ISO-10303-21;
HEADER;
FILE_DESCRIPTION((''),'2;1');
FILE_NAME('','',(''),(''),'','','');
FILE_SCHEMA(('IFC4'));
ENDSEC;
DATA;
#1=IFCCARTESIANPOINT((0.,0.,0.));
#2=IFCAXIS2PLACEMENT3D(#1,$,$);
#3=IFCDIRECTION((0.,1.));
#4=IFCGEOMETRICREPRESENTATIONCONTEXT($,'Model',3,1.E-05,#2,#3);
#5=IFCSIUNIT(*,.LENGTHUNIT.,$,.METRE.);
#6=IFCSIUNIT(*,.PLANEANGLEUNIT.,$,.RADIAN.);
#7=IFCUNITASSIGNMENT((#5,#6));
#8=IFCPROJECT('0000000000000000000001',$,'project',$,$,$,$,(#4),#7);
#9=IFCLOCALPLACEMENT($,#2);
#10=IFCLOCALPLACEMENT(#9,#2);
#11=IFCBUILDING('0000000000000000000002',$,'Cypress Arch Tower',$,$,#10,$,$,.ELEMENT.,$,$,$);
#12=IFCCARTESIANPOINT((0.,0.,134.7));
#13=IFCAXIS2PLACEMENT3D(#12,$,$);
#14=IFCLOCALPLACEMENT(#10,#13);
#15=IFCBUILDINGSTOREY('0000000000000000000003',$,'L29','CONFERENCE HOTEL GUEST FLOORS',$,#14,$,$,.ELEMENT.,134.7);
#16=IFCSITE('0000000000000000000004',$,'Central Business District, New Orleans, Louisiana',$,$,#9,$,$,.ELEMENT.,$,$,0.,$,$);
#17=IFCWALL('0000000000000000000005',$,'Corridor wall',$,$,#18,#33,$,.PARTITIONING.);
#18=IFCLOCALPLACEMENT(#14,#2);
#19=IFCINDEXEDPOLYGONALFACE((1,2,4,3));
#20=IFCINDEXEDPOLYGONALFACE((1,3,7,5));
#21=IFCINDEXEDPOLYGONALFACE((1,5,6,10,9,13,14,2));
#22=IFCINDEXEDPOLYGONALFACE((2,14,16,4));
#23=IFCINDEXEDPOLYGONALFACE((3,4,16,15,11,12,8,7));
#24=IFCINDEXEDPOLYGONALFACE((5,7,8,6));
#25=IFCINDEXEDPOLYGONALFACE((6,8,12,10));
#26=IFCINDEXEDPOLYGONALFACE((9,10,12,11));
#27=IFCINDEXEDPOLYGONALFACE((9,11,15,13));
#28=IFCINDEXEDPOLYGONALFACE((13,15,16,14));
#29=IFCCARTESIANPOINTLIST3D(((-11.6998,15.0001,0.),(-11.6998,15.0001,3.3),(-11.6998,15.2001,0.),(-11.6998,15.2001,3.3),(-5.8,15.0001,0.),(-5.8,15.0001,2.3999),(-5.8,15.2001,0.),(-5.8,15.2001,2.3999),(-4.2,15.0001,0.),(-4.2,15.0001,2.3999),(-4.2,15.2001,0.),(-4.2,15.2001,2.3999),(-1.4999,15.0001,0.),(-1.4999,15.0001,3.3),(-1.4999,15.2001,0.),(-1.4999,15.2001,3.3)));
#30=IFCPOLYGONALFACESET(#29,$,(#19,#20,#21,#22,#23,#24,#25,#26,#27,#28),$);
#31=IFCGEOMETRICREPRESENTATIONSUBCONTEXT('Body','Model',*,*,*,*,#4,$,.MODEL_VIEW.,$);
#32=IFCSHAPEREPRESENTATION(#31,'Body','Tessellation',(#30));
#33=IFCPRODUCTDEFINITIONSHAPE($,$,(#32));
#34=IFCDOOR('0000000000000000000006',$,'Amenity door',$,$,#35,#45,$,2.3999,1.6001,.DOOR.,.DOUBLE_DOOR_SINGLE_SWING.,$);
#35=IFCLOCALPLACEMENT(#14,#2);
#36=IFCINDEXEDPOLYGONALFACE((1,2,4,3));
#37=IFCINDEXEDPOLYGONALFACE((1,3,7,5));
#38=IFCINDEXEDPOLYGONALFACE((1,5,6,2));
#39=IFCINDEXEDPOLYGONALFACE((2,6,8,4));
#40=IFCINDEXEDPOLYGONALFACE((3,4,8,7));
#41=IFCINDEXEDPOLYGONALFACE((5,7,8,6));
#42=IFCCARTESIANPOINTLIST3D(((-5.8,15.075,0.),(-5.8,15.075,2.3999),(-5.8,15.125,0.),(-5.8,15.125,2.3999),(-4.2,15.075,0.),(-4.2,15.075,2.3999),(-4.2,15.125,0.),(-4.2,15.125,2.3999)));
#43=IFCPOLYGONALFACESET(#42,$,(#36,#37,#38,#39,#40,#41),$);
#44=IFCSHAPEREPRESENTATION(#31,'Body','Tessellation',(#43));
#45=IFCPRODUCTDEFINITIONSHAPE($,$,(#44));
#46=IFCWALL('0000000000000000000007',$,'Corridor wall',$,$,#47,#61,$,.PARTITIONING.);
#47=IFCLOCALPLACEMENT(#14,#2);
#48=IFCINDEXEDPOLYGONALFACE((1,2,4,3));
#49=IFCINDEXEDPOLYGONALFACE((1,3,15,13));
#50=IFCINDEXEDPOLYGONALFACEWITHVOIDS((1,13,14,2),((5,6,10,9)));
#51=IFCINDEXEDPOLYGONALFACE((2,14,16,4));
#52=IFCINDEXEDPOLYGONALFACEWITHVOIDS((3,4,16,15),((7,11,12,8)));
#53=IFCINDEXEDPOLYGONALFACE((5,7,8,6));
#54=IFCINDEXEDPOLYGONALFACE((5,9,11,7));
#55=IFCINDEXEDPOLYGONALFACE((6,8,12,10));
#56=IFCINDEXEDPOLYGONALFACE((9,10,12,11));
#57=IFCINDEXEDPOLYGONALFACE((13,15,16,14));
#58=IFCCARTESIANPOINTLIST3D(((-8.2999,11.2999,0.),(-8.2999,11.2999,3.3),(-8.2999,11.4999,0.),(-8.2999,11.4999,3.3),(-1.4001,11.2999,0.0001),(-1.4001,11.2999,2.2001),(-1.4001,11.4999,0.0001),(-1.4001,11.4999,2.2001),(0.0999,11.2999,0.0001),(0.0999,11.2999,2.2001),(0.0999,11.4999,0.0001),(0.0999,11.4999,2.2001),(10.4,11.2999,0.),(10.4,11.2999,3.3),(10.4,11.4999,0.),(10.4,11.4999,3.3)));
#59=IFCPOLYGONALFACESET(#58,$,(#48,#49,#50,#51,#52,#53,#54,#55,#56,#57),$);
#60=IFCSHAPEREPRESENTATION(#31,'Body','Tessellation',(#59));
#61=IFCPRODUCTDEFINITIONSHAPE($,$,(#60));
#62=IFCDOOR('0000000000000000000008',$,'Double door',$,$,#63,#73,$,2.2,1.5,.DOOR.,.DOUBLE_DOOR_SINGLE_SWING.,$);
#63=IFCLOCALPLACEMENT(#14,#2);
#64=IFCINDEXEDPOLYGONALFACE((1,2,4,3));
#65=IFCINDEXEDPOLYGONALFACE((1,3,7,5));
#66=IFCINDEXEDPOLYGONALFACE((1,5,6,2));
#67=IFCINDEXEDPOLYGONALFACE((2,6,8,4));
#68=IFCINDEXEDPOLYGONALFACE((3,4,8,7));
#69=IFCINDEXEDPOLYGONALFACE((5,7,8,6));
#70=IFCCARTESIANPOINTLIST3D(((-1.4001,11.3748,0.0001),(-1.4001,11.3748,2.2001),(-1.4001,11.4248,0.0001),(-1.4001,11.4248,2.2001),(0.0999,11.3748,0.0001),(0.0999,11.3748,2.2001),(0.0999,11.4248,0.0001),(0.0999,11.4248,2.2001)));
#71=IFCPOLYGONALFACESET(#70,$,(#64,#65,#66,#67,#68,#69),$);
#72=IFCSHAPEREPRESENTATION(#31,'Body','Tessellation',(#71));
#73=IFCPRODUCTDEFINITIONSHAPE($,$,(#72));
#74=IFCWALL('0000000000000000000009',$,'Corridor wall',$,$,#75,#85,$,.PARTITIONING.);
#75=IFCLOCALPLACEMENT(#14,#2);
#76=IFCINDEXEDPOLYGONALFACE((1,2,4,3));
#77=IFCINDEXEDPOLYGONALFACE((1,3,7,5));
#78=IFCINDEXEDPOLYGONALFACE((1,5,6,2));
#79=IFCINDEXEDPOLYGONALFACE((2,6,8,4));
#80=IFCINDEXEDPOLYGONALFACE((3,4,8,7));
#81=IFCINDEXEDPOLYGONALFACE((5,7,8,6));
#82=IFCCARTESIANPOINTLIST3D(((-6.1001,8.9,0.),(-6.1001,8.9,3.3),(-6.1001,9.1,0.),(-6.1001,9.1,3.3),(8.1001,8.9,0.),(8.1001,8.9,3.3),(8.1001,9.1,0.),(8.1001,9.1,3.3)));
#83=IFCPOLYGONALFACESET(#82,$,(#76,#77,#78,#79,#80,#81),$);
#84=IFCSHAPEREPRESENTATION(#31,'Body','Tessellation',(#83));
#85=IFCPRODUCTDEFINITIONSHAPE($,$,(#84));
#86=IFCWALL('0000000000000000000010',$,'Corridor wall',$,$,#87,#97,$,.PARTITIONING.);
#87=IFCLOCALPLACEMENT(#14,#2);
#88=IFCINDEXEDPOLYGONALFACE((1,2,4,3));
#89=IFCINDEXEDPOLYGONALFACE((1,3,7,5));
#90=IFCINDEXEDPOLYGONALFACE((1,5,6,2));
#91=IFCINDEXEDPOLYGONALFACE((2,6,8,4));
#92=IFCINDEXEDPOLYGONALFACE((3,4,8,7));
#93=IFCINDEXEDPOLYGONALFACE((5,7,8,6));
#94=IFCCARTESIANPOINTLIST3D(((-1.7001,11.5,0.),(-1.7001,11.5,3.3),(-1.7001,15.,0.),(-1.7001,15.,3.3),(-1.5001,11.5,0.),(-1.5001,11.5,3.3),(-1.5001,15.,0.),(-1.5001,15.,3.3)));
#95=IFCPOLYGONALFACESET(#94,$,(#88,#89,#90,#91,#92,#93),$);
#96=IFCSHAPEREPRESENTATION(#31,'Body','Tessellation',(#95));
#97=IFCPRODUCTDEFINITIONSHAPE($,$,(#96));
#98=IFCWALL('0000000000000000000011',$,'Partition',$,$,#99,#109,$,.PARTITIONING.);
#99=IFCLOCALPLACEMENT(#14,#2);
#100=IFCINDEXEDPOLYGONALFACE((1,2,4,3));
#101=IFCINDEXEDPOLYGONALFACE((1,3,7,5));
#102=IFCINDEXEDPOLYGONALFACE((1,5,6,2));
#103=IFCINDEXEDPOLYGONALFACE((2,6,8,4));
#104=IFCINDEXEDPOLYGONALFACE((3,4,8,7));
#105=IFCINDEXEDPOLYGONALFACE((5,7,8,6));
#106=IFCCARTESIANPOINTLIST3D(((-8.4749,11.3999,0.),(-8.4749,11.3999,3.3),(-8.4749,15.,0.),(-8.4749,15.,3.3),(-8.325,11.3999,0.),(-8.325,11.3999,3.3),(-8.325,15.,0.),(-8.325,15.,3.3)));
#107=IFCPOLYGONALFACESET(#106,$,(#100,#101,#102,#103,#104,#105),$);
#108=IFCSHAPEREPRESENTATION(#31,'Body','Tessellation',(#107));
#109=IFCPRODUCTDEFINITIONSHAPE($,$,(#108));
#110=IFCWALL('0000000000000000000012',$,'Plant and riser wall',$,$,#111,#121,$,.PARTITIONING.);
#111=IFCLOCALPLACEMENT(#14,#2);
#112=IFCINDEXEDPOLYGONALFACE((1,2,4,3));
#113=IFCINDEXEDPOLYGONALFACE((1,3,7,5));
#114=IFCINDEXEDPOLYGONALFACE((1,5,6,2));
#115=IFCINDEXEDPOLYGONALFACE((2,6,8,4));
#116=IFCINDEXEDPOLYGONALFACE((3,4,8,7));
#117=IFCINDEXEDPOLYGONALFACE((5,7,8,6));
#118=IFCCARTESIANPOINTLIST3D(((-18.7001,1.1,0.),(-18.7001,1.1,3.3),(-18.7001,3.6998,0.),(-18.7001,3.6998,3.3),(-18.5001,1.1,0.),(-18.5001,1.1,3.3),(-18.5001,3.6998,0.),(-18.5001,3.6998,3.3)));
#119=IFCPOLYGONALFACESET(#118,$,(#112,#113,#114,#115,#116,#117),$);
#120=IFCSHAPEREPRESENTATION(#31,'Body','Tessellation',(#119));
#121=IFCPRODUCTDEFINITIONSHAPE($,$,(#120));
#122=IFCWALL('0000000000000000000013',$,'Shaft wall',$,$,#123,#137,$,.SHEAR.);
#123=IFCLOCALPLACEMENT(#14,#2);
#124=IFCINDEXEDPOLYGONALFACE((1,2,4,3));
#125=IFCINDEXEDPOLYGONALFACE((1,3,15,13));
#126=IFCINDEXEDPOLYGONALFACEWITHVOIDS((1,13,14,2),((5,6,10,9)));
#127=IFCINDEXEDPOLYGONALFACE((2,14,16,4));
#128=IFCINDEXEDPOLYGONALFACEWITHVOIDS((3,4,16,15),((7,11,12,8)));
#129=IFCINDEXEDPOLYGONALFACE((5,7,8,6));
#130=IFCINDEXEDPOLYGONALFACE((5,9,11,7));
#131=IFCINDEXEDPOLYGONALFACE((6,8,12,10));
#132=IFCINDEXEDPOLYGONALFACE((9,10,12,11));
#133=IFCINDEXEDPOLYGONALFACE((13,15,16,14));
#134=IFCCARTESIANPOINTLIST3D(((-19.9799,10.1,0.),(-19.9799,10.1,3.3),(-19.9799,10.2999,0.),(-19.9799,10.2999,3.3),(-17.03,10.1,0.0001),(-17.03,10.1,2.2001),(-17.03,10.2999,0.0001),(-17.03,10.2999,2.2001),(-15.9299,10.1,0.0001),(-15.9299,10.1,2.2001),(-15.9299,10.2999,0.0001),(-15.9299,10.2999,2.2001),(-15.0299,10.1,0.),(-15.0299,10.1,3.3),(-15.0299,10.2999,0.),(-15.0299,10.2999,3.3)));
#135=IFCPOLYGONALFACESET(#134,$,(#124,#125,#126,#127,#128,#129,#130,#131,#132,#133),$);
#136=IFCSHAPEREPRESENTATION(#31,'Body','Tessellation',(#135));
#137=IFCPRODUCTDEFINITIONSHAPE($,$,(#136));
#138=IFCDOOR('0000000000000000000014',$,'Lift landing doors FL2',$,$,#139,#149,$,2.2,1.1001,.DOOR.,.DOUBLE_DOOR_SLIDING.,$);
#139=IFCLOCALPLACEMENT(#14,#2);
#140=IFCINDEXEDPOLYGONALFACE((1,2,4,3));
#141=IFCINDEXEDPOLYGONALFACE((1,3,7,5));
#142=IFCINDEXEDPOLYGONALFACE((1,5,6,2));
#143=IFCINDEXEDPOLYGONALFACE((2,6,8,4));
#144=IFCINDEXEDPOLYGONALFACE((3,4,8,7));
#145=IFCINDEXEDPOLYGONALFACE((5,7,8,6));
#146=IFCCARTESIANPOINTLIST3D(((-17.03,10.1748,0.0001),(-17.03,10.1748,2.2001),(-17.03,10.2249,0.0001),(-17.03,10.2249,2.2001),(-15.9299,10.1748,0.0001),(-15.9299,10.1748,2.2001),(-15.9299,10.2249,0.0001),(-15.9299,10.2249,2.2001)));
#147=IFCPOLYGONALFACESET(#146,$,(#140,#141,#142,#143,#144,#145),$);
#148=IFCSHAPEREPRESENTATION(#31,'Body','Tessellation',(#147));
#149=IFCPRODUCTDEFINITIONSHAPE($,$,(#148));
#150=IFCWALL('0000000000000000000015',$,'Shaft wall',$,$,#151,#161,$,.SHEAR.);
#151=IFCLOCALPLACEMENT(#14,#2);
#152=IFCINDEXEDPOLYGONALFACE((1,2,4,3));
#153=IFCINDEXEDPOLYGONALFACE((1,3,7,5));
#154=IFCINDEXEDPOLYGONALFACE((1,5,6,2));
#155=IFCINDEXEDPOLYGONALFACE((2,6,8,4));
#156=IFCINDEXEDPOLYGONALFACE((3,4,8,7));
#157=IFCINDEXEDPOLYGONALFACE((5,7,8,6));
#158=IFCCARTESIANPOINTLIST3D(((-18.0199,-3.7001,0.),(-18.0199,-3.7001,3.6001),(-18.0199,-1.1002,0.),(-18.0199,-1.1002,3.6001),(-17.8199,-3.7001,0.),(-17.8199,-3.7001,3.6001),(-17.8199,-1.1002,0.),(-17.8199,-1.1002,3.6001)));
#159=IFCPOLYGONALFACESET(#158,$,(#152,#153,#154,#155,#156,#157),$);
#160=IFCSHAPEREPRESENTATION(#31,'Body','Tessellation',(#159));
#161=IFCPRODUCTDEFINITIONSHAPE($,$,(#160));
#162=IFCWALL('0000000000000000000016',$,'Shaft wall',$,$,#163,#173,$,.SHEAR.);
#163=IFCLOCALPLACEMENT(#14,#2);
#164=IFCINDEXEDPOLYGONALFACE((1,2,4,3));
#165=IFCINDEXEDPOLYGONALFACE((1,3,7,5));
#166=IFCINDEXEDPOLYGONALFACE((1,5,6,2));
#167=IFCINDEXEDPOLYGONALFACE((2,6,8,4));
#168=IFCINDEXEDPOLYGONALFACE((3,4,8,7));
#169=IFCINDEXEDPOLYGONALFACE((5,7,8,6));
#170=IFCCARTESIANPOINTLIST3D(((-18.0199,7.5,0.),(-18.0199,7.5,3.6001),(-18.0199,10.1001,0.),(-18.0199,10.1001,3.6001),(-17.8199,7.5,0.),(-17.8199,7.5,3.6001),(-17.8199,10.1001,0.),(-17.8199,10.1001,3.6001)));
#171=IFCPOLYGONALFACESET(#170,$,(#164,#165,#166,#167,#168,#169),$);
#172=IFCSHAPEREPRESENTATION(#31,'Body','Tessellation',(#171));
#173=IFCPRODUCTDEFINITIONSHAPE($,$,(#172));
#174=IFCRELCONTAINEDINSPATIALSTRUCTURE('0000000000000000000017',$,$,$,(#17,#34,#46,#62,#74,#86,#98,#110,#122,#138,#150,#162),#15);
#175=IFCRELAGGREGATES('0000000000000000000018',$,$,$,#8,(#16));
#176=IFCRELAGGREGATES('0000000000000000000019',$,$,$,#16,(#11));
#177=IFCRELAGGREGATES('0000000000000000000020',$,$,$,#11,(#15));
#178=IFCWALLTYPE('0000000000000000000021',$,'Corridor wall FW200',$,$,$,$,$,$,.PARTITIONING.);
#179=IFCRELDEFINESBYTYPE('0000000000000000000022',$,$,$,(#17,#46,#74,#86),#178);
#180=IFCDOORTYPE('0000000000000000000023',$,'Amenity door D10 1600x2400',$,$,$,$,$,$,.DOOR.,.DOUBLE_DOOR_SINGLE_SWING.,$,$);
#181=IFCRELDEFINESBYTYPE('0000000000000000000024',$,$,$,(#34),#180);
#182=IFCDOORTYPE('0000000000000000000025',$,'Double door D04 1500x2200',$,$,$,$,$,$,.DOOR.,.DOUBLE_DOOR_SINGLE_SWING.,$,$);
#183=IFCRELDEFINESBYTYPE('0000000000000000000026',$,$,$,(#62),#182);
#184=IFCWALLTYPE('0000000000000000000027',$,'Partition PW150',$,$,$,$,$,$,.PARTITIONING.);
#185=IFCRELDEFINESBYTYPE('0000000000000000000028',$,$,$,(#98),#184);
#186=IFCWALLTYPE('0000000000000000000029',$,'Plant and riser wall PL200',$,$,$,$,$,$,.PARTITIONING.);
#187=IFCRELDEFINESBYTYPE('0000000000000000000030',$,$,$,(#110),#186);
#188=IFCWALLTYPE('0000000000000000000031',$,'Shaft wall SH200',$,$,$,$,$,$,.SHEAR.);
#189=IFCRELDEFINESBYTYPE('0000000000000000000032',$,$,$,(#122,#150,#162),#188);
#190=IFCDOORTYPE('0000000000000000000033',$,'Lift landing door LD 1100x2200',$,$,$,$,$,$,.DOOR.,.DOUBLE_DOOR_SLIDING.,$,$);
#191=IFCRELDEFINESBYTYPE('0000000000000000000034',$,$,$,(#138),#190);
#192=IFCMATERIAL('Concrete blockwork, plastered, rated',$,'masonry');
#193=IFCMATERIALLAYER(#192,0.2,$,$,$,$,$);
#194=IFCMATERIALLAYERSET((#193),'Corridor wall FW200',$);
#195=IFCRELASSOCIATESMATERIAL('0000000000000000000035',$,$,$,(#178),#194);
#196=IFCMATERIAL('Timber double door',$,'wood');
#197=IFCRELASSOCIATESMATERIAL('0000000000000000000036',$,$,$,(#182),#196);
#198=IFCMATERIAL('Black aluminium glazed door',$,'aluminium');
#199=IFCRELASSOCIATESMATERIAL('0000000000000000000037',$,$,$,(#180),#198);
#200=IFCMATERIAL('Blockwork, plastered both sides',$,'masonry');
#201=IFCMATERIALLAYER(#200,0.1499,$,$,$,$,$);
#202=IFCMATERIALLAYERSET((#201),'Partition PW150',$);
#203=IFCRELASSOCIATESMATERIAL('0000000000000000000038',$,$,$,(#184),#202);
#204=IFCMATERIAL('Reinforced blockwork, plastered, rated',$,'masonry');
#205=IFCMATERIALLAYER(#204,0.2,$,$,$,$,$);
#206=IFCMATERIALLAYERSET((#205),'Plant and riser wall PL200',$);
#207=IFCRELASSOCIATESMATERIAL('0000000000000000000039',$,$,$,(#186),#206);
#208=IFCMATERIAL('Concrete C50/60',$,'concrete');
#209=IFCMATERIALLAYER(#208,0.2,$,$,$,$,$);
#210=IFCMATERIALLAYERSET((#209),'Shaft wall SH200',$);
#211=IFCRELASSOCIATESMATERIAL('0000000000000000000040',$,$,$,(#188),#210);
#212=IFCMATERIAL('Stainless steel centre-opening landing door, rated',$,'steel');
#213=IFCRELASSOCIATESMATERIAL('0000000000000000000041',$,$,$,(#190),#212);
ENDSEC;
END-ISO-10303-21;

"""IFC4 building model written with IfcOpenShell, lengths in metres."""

from ifc_helpers import new_model, si_unit, direction, frame, frame_2d, origin, place, context, subcontext, project, spatial, rectangle, extrude, material, layer, layer_set, type_object, element, fill, save


model = new_model("IFC4")

# Units and contexts
model_context = context("Model", 3, precision=1e-05, world=origin(), true_north=direction((0.0, 1.0)))
body_context = subcontext(model_context, "Body", "Model", "MODEL_VIEW")
ifc_project = project(units=[si_unit("LENGTHUNIT", "METRE"), si_unit("PLANEANGLEUNIT", "RADIAN")], contexts=[model_context])

# Site, building, storey
site_placement = place(None, origin())
site = spatial("IfcSite", under=ifc_project, at=site_placement, Name="Central Business District, New Orleans, Louisiana", CompositionType="ELEMENT", RefElevation=0.0)
building_placement = place(site_placement, origin())
building = spatial("IfcBuilding", under=site, at=building_placement, Name="Cypress Arch Tower", CompositionType="ELEMENT")
storey_placement = place(building_placement, frame((0.0, 0.0, 134.7)))
storey = spatial("IfcBuildingStorey", under=building, at=storey_placement, Name="L29", Description="CONFERENCE HOTEL GUEST FLOORS", CompositionType="ELEMENT", Elevation=134.7)

# Shared definitions
ifc_material_1 = material(Name="Concrete blockwork, plastered, rated", Category="masonry")
ifc_layer_1 = layer(ifc_material_1, 0.2)
ifc_layer_set_1 = layer_set([ifc_layer_1], Name="Corridor wall FW200")
wall_type_1 = type_object("IfcWallType", Name="Corridor wall FW200", PredefinedType="PARTITIONING", material=ifc_layer_set_1)

# Walls, openings, doors
ifc_material_2 = material(Name="Timber double door", Category="wood")
door_type_1 = type_object("IfcDoorType", Name="Double door D04 1500x2200", OperationType="DOUBLE_DOOR_SINGLE_SWING", PredefinedType="DOOR", material=ifc_material_2)
wall_1_placement = place(storey_placement, frame((-11.7, 15.1001, 0.0), z_axis=(0.0, 0.0, 1.0), x_axis=(1.0, 0.0, 0.0)))
wall_1 = element("IfcWall", 1, at=wall_1_placement, inside=storey, type_object=wall_type_1, Name="Corridor wall", PredefinedType="PARTITIONING", context=body_context, shape_type="SweptSolid", body=[
    extrude(rectangle(XDim=10.2, YDim=0.2, at=frame_2d((5.1001, 0.0))), origin(), (0.0, 0.0, 1.0), 3.3),
])
opening_1_placement = place(wall_1_placement, frame((5.8999, 0.0, 0.0)))
opening_1 = element("IfcOpeningElement", 2, at=opening_1_placement, cuts=wall_1, PredefinedType="OPENING", context=body_context, shape_type="SweptSolid", body=[
    extrude(rectangle(XDim=1.6001, YDim=2.3999, at=frame_2d((0.8, 1.2))), frame((0.0, 0.1099, 0.0), z_axis=(0.0, -1.0, 0.0), x_axis=(1.0, 0.0, 0.0)), (0.0, 0.0, 1.0), 0.22),
])
ifc_material_3 = material(Name="Black aluminium glazed door", Category="aluminium")
door_type_2 = type_object("IfcDoorType", Name="Amenity door D10 1600x2400", OperationType="DOUBLE_DOOR_SINGLE_SWING", PredefinedType="DOOR", material=ifc_material_3)
door_1_placement = place(opening_1_placement, origin())
door_1 = element("IfcDoor", 3, at=door_1_placement, inside=storey, type_object=door_type_2, Name="Amenity door", OperationType="DOUBLE_DOOR_SINGLE_SWING", OverallHeight=2.3999, OverallWidth=1.6001, PredefinedType="DOOR", context=body_context, shape_type="SweptSolid", body=[
    extrude(rectangle(XDim=1.6001, YDim=2.3999, at=frame_2d((0.8, 1.2))), frame((0.0, 0.0249, 0.0), z_axis=(0.0, -1.0, 0.0), x_axis=(1.0, 0.0, 0.0)), (0.0, 0.0, 1.0), 0.05),
])
fill(opening_1, door_1)
wall_2_placement = place(storey_placement, frame((-8.3, 11.3999, 0.0), z_axis=(0.0, 0.0, 1.0), x_axis=(1.0, 0.0, 0.0)))
wall_2 = element("IfcWall", 4, at=wall_2_placement, inside=storey, type_object=wall_type_1, Name="Corridor wall", PredefinedType="PARTITIONING", context=body_context, shape_type="SweptSolid", body=[
    extrude(rectangle(XDim=18.7, YDim=0.2, at=frame_2d((9.3501, 0.0))), origin(), (0.0, 0.0, 1.0), 3.3),
])
opening_2_placement = place(wall_2_placement, frame((6.8999, 0.0, 0.0)))
opening_2 = element("IfcOpeningElement", 5, at=opening_2_placement, cuts=wall_2, PredefinedType="OPENING", context=body_context, shape_type="SweptSolid", body=[
    extrude(rectangle(XDim=1.5, YDim=2.2, at=frame_2d((0.75, 1.1001))), frame((0.0, 0.1099, 0.0), z_axis=(0.0, -1.0, 0.0), x_axis=(1.0, 0.0, 0.0)), (0.0, 0.0, 1.0), 0.22),
])
door_2_placement = place(opening_2_placement, origin())
door_2 = element("IfcDoor", 6, at=door_2_placement, inside=storey, type_object=door_type_1, Name="Double door", OperationType="DOUBLE_DOOR_SINGLE_SWING", OverallHeight=2.2, OverallWidth=1.5, PredefinedType="DOOR", context=body_context, shape_type="SweptSolid", body=[
    extrude(rectangle(XDim=1.5, YDim=2.2, at=frame_2d((0.75, 1.1001))), frame((0.0, 0.0249, 0.0), z_axis=(0.0, -1.0, 0.0), x_axis=(1.0, 0.0, 0.0)), (0.0, 0.0, 1.0), 0.05),
])
fill(opening_2, door_2)

# Walls
wall_3_placement = place(storey_placement, frame((-6.1001, 9.0, 0.0), z_axis=(0.0, 0.0, 1.0), x_axis=(1.0, 0.0, 0.0)))
element("IfcWall", 7, at=wall_3_placement, inside=storey, type_object=wall_type_1, Name="Corridor wall", PredefinedType="PARTITIONING", context=body_context, shape_type="SweptSolid", body=[
    extrude(rectangle(XDim=14.2002, YDim=0.2, at=frame_2d((7.1001, 0.0))), origin(), (0.0, 0.0, 1.0), 3.3),
])
wall_4_placement = place(storey_placement, frame((-1.6001, 11.5, 0.0), z_axis=(0.0, 0.0, 1.0), x_axis=(0.0, 1.0, 0.0)))
element("IfcWall", 8, at=wall_4_placement, inside=storey, type_object=wall_type_1, Name="Corridor wall", PredefinedType="PARTITIONING", context=body_context, shape_type="SweptSolid", body=[
    extrude(rectangle(XDim=3.5, YDim=0.2, at=frame_2d((1.75, 0.0))), origin(), (0.0, 0.0, 1.0), 3.3),
])
ifc_material_4 = material(Name="Blockwork, plastered both sides", Category="masonry")
ifc_layer_2 = layer(ifc_material_4, 0.1499)
ifc_layer_set_2 = layer_set([ifc_layer_2], Name="Partition PW150")
wall_type_2 = type_object("IfcWallType", Name="Partition PW150", PredefinedType="PARTITIONING", material=ifc_layer_set_2)
wall_5_placement = place(storey_placement, frame((-8.3999, 11.3999, 0.0), z_axis=(0.0, 0.0, 1.0), x_axis=(0.0, 1.0, 0.0)))
element("IfcWall", 9, at=wall_5_placement, inside=storey, type_object=wall_type_2, Name="Partition", PredefinedType="PARTITIONING", context=body_context, shape_type="SweptSolid", body=[
    extrude(rectangle(XDim=3.6001, YDim=0.1499, at=frame_2d((1.8, 0.0))), origin(), (0.0, 0.0, 1.0), 3.3),
])
ifc_material_5 = material(Name="Reinforced blockwork, plastered, rated", Category="masonry")
ifc_layer_3 = layer(ifc_material_5, 0.2)
ifc_layer_set_3 = layer_set([ifc_layer_3], Name="Plant and riser wall PL200")
wall_type_3 = type_object("IfcWallType", Name="Plant and riser wall PL200", PredefinedType="PARTITIONING", material=ifc_layer_set_3)
wall_6_placement = place(storey_placement, frame((-18.6001, 1.1001, 0.0), z_axis=(0.0, 0.0, 1.0), x_axis=(0.0, 1.0, 0.0)))
element("IfcWall", 10, at=wall_6_placement, inside=storey, type_object=wall_type_3, Name="Plant and riser wall", PredefinedType="PARTITIONING", context=body_context, shape_type="SweptSolid", body=[
    extrude(rectangle(XDim=2.5999, YDim=0.2, at=frame_2d((1.2998, 0.0))), origin(), (0.0, 0.0, 1.0), 3.3),
])

# Wall, opening, door
ifc_material_6 = material(Name="Concrete C50/60", Category="concrete")
ifc_layer_4 = layer(ifc_material_6, 0.2)
ifc_layer_set_4 = layer_set([ifc_layer_4], Name="Shaft wall SH200")
wall_type_4 = type_object("IfcWallType", Name="Shaft wall SH200", PredefinedType="SHEAR", material=ifc_layer_set_4)
wall_7_placement = place(storey_placement, frame((-19.98, 10.2, 0.0), z_axis=(0.0, 0.0, 1.0), x_axis=(1.0, 0.0, 0.0)))
wall_7 = element("IfcWall", 11, at=wall_7_placement, inside=storey, type_object=wall_type_4, Name="Shaft wall", PredefinedType="SHEAR", context=body_context, shape_type="SweptSolid", body=[
    extrude(rectangle(XDim=4.95, YDim=0.2, at=frame_2d((2.4751, 0.0))), origin(), (0.0, 0.0, 1.0), 3.3),
])
opening_3_placement = place(wall_7_placement, frame((2.95, 0.0, 0.0)))
opening_3 = element("IfcOpeningElement", 12, at=opening_3_placement, cuts=wall_7, PredefinedType="OPENING", context=body_context, shape_type="SweptSolid", body=[
    extrude(rectangle(XDim=1.1001, YDim=2.2, at=frame_2d((0.55, 1.1001))), frame((0.0, 0.1099, 0.0), z_axis=(0.0, -1.0, 0.0), x_axis=(1.0, 0.0, 0.0)), (0.0, 0.0, 1.0), 0.22),
])
ifc_material_7 = material(Name="Stainless steel centre-opening landing door, rated", Category="steel")
door_type_3 = type_object("IfcDoorType", Name="Lift landing door LD 1100x2200", OperationType="DOUBLE_DOOR_SLIDING", PredefinedType="DOOR", material=ifc_material_7)
door_3_placement = place(opening_3_placement, origin())
door_3 = element("IfcDoor", 13, at=door_3_placement, inside=storey, type_object=door_type_3, Name="Lift landing doors FL2", OperationType="DOUBLE_DOOR_SLIDING", OverallHeight=2.2, OverallWidth=1.1001, PredefinedType="DOOR", context=body_context, shape_type="SweptSolid", body=[
    extrude(rectangle(XDim=1.1001, YDim=2.2, at=frame_2d((0.55, 1.1001))), frame((0.0, 0.0249, 0.0), z_axis=(0.0, -1.0, 0.0), x_axis=(1.0, 0.0, 0.0)), (0.0, 0.0, 1.0), 0.05),
])
fill(opening_3, door_3)

# Walls
wall_8_placement = place(storey_placement, frame((-17.9199, -3.7, 0.0), z_axis=(0.0, 0.0, 1.0), x_axis=(0.0, 1.0, 0.0)))
element("IfcWall", 14, at=wall_8_placement, inside=storey, type_object=wall_type_4, Name="Shaft wall", PredefinedType="SHEAR", context=body_context, shape_type="SweptSolid", body=[
    extrude(rectangle(XDim=2.5999, YDim=0.2, at=frame_2d((1.2998, 0.0))), origin(), (0.0, 0.0, 1.0), 3.6001),
])
wall_9_placement = place(storey_placement, frame((-17.9199, 7.5, 0.0), z_axis=(0.0, 0.0, 1.0), x_axis=(0.0, 1.0, 0.0)))
element("IfcWall", 15, at=wall_9_placement, inside=storey, type_object=wall_type_4, Name="Shaft wall", PredefinedType="SHEAR", context=body_context, shape_type="SweptSolid", body=[
    extrude(rectangle(XDim=2.6001, YDim=0.2, at=frame_2d((1.3, 0.0))), origin(), (0.0, 0.0, 1.0), 3.6001),
])

save(model, "model.ifc")
